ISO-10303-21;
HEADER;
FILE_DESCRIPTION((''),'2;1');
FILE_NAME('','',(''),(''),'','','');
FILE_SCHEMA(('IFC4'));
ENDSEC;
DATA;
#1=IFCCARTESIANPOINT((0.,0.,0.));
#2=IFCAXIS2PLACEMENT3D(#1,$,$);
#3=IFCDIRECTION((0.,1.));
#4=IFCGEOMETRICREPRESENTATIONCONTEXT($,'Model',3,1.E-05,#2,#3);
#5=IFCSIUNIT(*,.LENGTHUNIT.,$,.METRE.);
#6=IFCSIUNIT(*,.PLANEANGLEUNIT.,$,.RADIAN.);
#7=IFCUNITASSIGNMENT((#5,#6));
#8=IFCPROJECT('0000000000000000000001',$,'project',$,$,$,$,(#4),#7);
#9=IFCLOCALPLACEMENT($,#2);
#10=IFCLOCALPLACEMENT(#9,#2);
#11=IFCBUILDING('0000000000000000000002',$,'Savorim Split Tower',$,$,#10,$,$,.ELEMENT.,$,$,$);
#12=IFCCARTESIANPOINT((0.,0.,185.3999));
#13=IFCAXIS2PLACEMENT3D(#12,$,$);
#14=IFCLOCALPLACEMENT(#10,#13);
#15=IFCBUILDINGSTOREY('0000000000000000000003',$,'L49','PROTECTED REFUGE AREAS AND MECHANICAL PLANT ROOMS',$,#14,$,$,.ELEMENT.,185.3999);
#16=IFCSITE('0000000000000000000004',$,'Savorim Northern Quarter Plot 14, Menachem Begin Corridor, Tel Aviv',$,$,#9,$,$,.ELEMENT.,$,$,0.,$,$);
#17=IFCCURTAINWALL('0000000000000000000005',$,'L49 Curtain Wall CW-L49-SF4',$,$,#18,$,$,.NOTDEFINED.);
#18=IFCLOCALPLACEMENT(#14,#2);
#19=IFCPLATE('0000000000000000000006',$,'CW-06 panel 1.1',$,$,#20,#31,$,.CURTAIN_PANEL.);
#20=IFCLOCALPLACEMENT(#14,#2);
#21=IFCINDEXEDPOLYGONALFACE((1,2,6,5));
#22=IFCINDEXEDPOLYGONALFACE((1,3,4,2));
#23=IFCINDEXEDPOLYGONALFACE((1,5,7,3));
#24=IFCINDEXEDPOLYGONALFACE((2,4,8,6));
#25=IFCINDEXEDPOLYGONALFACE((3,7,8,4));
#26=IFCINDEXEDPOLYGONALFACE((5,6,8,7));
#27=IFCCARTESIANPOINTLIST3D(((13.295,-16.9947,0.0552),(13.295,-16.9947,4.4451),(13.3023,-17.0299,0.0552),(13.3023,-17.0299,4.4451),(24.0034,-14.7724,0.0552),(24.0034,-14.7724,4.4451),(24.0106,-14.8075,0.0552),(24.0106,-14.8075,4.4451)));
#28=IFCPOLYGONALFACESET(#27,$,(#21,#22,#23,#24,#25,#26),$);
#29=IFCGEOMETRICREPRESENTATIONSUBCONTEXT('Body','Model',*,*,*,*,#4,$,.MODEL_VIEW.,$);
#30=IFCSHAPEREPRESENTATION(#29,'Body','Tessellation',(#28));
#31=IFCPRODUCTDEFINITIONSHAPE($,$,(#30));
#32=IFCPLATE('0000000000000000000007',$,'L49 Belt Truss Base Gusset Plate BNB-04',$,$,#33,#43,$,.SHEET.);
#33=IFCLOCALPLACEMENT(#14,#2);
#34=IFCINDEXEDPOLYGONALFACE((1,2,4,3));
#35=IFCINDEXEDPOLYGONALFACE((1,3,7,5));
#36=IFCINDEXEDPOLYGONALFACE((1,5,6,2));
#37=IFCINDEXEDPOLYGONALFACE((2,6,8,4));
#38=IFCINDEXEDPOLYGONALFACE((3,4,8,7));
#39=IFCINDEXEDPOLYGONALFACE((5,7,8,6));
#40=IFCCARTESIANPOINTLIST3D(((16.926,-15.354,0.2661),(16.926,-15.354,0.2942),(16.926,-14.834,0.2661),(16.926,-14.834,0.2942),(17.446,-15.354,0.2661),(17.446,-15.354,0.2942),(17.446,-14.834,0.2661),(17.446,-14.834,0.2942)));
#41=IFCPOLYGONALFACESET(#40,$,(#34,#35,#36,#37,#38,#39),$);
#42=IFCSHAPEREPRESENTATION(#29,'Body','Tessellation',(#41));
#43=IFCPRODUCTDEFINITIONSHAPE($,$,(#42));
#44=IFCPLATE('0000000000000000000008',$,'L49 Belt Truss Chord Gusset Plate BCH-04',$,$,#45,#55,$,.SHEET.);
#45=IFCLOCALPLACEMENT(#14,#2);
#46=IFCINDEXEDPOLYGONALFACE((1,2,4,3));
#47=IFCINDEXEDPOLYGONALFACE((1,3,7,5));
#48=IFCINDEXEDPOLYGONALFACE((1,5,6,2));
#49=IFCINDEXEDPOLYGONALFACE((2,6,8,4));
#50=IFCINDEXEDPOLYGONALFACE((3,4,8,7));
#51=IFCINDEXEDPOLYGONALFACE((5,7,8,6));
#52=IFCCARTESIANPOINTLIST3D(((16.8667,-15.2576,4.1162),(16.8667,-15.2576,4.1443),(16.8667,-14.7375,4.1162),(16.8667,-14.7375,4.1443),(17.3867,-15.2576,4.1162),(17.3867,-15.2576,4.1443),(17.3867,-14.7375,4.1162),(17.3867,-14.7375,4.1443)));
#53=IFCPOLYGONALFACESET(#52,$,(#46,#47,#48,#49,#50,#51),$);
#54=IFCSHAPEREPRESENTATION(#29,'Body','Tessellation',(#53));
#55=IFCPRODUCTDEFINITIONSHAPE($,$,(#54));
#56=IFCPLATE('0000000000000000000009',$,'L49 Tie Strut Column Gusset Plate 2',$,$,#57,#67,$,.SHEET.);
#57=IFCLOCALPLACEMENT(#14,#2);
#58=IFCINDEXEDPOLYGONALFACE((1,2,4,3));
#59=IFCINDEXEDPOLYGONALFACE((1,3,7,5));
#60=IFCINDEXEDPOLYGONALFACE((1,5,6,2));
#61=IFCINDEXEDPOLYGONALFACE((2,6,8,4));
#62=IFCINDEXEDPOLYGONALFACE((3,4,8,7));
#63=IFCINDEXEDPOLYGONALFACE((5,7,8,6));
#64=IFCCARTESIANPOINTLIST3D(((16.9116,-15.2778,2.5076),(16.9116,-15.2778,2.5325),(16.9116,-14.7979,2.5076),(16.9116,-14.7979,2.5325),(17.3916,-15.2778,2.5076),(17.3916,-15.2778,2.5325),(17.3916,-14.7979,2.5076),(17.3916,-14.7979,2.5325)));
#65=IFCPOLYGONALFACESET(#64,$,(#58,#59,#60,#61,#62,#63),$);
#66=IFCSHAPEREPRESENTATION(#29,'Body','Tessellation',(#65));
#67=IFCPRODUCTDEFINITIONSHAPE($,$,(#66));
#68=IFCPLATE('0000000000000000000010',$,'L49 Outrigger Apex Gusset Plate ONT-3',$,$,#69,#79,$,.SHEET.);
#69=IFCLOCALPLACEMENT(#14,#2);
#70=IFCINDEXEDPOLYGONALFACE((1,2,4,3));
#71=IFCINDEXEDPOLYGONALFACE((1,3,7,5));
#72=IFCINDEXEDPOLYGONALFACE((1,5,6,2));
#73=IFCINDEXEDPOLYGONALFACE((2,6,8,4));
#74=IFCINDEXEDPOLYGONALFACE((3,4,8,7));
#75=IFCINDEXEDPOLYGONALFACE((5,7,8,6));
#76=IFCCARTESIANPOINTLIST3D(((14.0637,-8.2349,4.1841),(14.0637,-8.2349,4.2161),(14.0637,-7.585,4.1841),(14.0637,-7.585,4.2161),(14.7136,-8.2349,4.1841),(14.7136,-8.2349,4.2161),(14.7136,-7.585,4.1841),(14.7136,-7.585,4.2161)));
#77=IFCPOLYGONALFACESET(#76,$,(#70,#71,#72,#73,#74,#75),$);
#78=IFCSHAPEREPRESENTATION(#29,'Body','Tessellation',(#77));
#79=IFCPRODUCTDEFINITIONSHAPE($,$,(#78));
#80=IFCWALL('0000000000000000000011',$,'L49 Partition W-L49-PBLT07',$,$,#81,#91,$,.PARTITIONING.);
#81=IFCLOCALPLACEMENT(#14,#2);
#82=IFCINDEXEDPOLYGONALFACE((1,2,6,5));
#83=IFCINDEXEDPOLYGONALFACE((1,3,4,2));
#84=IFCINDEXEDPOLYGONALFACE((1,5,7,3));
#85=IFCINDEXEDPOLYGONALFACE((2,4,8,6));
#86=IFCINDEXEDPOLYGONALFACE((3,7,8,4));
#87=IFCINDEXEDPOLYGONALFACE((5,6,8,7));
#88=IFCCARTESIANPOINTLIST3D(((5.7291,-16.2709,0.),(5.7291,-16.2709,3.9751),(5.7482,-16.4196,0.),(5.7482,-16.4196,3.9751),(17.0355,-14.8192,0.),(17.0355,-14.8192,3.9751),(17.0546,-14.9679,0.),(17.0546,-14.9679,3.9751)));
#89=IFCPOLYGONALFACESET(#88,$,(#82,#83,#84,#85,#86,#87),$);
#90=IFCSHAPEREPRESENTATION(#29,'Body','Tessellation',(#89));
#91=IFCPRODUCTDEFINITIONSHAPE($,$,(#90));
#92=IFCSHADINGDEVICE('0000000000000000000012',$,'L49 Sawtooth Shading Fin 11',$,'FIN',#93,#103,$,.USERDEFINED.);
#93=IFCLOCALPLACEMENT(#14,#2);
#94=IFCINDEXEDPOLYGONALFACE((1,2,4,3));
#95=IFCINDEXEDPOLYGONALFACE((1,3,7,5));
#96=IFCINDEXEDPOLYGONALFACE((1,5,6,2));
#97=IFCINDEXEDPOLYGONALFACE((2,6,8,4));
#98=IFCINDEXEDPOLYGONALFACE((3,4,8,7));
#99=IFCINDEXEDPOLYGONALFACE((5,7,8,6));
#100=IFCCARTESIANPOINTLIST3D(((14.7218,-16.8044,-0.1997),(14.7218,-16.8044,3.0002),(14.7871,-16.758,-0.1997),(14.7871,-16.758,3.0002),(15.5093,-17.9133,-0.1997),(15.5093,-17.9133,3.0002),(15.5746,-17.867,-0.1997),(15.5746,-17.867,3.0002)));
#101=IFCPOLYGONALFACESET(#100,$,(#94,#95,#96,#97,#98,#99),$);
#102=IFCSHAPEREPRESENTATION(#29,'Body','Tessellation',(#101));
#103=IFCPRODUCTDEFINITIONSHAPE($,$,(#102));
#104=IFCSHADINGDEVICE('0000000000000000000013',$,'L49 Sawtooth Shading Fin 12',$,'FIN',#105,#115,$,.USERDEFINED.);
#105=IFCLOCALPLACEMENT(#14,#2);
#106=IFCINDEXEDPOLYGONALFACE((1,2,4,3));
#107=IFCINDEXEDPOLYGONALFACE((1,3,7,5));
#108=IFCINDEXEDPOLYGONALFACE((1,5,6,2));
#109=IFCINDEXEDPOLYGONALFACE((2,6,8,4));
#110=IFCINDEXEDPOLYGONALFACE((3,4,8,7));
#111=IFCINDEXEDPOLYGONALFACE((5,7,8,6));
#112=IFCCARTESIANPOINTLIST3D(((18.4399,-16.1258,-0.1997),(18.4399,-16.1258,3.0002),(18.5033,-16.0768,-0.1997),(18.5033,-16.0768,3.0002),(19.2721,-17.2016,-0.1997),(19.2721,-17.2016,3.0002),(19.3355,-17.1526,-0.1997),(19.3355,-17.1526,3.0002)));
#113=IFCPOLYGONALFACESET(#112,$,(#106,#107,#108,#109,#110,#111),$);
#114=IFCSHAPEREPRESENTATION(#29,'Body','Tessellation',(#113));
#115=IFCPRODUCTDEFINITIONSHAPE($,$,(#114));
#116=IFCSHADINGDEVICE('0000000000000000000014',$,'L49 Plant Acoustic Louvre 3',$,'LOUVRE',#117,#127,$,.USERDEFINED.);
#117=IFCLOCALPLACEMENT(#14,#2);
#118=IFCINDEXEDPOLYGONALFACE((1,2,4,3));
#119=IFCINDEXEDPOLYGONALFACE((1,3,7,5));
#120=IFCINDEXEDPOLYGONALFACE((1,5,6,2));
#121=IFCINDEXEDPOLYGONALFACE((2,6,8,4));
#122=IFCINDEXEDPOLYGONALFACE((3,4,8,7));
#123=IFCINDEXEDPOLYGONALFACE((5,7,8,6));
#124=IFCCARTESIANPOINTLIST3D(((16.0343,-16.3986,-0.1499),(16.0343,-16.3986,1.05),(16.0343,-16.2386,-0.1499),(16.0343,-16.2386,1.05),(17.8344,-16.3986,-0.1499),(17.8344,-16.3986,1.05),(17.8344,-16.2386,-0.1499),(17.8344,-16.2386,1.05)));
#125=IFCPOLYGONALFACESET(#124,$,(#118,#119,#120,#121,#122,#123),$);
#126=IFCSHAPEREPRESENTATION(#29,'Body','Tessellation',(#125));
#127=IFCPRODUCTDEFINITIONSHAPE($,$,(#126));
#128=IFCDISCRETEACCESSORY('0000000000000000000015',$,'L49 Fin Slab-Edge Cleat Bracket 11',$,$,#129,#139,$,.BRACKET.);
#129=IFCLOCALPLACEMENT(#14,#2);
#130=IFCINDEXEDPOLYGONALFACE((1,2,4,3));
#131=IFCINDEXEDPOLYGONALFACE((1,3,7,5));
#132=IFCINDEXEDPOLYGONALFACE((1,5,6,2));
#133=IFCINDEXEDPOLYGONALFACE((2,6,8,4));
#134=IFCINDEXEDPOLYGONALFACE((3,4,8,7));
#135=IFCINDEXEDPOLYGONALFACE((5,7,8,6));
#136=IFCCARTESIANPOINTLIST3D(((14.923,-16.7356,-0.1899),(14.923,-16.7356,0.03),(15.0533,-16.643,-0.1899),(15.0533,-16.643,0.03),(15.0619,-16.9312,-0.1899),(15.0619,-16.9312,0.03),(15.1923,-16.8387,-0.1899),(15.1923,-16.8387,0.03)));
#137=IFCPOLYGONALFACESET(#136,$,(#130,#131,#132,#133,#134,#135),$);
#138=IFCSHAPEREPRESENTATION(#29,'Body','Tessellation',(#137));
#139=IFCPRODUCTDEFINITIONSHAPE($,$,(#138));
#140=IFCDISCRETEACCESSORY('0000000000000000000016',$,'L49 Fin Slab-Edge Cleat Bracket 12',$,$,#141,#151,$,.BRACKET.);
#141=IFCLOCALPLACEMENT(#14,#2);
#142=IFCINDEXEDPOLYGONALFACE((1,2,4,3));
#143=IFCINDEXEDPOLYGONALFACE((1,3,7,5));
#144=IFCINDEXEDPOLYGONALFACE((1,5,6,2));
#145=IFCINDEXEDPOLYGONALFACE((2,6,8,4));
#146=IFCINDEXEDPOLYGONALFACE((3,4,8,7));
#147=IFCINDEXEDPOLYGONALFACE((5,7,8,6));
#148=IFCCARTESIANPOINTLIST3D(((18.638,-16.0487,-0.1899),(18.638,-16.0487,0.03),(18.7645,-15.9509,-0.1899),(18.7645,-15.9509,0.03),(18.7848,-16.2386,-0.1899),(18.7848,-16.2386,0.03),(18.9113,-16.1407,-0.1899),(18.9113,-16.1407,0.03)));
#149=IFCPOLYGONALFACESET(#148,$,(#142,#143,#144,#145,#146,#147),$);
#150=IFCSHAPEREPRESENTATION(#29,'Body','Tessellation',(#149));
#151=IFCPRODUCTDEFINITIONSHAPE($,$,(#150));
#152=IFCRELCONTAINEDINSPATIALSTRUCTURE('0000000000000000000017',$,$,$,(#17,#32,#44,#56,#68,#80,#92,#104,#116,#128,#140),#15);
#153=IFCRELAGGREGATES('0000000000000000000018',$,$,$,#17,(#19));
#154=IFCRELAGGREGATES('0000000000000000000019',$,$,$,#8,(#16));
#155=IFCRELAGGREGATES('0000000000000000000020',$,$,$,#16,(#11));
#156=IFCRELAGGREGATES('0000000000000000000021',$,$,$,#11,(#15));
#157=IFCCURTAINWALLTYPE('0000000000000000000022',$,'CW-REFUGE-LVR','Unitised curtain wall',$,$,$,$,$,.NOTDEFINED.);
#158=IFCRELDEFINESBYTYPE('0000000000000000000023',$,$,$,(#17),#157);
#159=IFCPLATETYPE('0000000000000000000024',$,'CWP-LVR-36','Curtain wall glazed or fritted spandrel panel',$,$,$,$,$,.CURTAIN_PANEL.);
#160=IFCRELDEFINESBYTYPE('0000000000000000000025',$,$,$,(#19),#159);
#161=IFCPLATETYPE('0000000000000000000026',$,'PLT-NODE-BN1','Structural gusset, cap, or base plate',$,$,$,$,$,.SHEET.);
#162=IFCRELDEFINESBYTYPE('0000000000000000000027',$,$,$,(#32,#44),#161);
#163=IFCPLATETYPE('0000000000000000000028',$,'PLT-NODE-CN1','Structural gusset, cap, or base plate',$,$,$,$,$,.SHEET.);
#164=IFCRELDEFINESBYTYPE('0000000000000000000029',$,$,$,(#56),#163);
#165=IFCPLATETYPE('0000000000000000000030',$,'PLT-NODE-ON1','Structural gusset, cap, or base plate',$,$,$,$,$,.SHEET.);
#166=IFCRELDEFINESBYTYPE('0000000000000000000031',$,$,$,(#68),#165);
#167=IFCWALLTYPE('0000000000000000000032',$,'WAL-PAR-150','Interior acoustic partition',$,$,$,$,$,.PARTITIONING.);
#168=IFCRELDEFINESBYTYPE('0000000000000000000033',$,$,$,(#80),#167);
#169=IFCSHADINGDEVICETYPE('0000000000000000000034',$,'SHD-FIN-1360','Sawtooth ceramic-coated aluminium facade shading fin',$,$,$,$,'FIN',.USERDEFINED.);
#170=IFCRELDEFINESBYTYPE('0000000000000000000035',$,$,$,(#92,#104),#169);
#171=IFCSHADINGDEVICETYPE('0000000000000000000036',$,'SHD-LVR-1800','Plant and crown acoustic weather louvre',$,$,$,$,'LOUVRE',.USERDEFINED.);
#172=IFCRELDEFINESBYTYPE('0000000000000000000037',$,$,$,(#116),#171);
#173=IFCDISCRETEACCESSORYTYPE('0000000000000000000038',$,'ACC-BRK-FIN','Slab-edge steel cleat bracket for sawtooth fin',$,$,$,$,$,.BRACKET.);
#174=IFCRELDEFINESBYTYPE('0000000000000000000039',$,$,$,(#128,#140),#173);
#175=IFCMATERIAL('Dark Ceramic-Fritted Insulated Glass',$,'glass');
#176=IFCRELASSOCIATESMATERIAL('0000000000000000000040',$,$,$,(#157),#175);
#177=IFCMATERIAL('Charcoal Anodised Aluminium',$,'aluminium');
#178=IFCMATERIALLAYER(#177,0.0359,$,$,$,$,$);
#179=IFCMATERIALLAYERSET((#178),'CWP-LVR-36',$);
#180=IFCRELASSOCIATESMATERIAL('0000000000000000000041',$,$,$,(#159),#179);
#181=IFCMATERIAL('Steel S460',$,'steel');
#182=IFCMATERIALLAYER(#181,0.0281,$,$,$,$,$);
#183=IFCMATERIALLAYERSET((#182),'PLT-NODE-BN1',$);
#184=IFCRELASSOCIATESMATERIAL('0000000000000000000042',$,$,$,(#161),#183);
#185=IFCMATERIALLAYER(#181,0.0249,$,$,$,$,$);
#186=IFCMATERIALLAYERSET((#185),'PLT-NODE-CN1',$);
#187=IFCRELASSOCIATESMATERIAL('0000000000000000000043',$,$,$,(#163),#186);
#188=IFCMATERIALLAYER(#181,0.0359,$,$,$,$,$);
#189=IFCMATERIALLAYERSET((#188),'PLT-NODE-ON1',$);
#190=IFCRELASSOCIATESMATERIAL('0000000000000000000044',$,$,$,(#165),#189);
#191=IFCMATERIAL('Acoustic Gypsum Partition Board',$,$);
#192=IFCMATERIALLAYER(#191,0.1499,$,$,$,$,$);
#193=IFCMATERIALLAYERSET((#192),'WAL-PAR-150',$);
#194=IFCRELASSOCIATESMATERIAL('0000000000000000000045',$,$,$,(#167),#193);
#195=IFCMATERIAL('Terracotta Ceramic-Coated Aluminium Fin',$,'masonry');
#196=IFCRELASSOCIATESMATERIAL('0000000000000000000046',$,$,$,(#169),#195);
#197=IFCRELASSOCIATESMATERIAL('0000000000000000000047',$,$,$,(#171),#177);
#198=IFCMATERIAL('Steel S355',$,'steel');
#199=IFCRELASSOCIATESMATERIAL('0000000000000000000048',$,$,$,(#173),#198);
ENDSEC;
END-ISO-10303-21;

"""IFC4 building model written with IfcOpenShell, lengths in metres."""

from ifc_helpers import new_model, si_unit, direction, frame, frame_2d, origin, origin_2d, place, context, subcontext, project, spatial, rectangle, extrude, material, layer, layer_set, type_object, element, aggregate, save


model = new_model("IFC4")

# Units and contexts
model_context = context("Model", 3, precision=1e-05, world=origin(), true_north=direction((0.0, 1.0)))
body_context = subcontext(model_context, "Body", "Model", "MODEL_VIEW")
ifc_project = project(units=[si_unit("LENGTHUNIT", "METRE"), si_unit("PLANEANGLEUNIT", "RADIAN")], contexts=[model_context])

# Site, building, storey
site_placement = place(None, origin())
site = spatial("IfcSite", under=ifc_project, at=site_placement, Name="Savorim Northern Quarter Plot 14, Menachem Begin Corridor, Tel Aviv", CompositionType="ELEMENT", RefElevation=0.0)
building_placement = place(site_placement, origin())
building = spatial("IfcBuilding", under=site, at=building_placement, Name="Savorim Split Tower", CompositionType="ELEMENT")
storey_placement = place(building_placement, frame((0.0, 0.0, 185.3999)))
storey = spatial("IfcBuildingStorey", under=building, at=storey_placement, Name="L49", Description="PROTECTED REFUGE AREAS AND MECHANICAL PLANT ROOMS", CompositionType="ELEMENT", Elevation=185.3999)

# Shared definitions
ifc_material_1 = material(Name="Steel S355", Category="steel")

# Curtain wall
ifc_material_2 = material(Name="Dark Ceramic-Fritted Insulated Glass", Category="glass")
curtain_wall_type = type_object("IfcCurtainWallType", Name="CW-REFUGE-LVR", Description="Unitised curtain wall", PredefinedType="NOTDEFINED", material=ifc_material_2)
curtain_wall_placement = place(storey_placement, origin())
curtain_wall = element("IfcCurtainWall", 1, at=curtain_wall_placement, inside=storey, type_object=curtain_wall_type, Name="L49 Curtain Wall CW-L49-SF4", PredefinedType="NOTDEFINED")
ifc_material_3 = material(Name="Charcoal Anodised Aluminium", Category="aluminium")

# Shared definitions
ifc_material_4 = material(Name="Steel S460", Category="steel")

# Plate
ifc_layer_1 = layer(ifc_material_3, 0.0359)
ifc_layer_set_1 = layer_set([ifc_layer_1], Name="CWP-LVR-36")
plate_type_1 = type_object("IfcPlateType", Name="CWP-LVR-36", Description="Curtain wall glazed or fritted spandrel panel", PredefinedType="CURTAIN_PANEL", material=ifc_layer_set_1)
plate_1_placement = place(storey_placement, frame((18.6528, -15.9011, 0.0552), z_axis=(0.0, 0.0, 1.0), x_axis=(0.979136, 0.203208, 0.0)))
plate_1 = element("IfcPlate", 2, at=plate_1_placement, type_object=plate_type_1, Name="CW-06 panel 1.1", PredefinedType="CURTAIN_PANEL", context=body_context, shape_type="SweptSolid", body=[
    extrude(rectangle(XDim=10.9365, YDim=0.0359, at=origin_2d()), origin(), (0.0, 0.0, 1.0), 4.3899),
])
aggregate(curtain_wall, [plate_1])

# Plates
ifc_layer_2 = layer(ifc_material_4, 0.0281)
ifc_layer_set_2 = layer_set([ifc_layer_2], Name="PLT-NODE-BN1")
plate_type_2 = type_object("IfcPlateType", Name="PLT-NODE-BN1", Description="Structural gusset, cap, or base plate", PredefinedType="SHEET", material=ifc_layer_set_2)
for number, where, z_axis, x_axis, name in (
    (3, (17.186, -15.094, 0.2661), (0.0, 0.0, 1.0), (1.0, 0.0, 0.0), "L49 Belt Truss Base Gusset Plate BNB-04"),
    (4, (17.1267, -14.9976, 4.1162), (0.0, 0.0, 1.0), (1.0, 0.0, 0.0), "L49 Belt Truss Chord Gusset Plate BCH-04"),
):
    element("IfcPlate", number, at=place(storey_placement, frame(where, z_axis=z_axis, x_axis=x_axis)), inside=storey, type_object=plate_type_2, Name=name, PredefinedType="SHEET", context=body_context, shape_type="SweptSolid", body=[
        extrude(rectangle(XDim=0.52, YDim=0.52, at=origin_2d()), origin(), (0.0, 0.0, 1.0), 0.0281),
    ])
ifc_layer_3 = layer(ifc_material_4, 0.0249)
ifc_layer_set_3 = layer_set([ifc_layer_3], Name="PLT-NODE-CN1")
plate_type_3 = type_object("IfcPlateType", Name="PLT-NODE-CN1", Description="Structural gusset, cap, or base plate", PredefinedType="SHEET", material=ifc_layer_set_3)
plate_2_placement = place(storey_placement, frame((17.1516, -15.0378, 2.5076), z_axis=(0.0, 0.0, 1.0), x_axis=(1.0, 0.0, 0.0)))
element("IfcPlate", 5, at=plate_2_placement, inside=storey, type_object=plate_type_3, Name="L49 Tie Strut Column Gusset Plate 2", PredefinedType="SHEET", context=body_context, shape_type="SweptSolid", body=[
    extrude(rectangle(XDim=0.48, YDim=0.48, at=origin_2d()), origin(), (0.0, 0.0, 1.0), 0.0249),
])
ifc_layer_4 = layer(ifc_material_4, 0.0359)
ifc_layer_set_4 = layer_set([ifc_layer_4], Name="PLT-NODE-ON1")
plate_type_4 = type_object("IfcPlateType", Name="PLT-NODE-ON1", Description="Structural gusset, cap, or base plate", PredefinedType="SHEET", material=ifc_layer_set_4)
plate_3_placement = place(storey_placement, frame((14.3887, -7.9099, 4.1841), z_axis=(0.0, 0.0, 1.0), x_axis=(1.0, 0.0, 0.0)))
element("IfcPlate", 6, at=plate_3_placement, inside=storey, type_object=plate_type_4, Name="L49 Outrigger Apex Gusset Plate ONT-3", PredefinedType="SHEET", context=body_context, shape_type="SweptSolid", body=[
    extrude(rectangle(XDim=0.6499, YDim=0.6499, at=origin_2d()), origin(), (0.0, 0.0, 1.0), 0.032),
])

# Wall
ifc_material_5 = material(Name="Acoustic Gypsum Partition Board")
ifc_layer_5 = layer(ifc_material_5, 0.1499)
ifc_layer_set_5 = layer_set([ifc_layer_5], Name="WAL-PAR-150")
wall_type = type_object("IfcWallType", Name="WAL-PAR-150", Description="Interior acoustic partition", PredefinedType="PARTITIONING", material=ifc_layer_set_5)
wall_placement = place(storey_placement, frame((17.0452, -14.8936, 0.0), z_axis=(0.0, 0.0, 1.0), x_axis=(-0.991858, -0.127347, 0.0)))
element("IfcWall", 7, at=wall_placement, inside=storey, type_object=wall_type, Name="L49 Partition W-L49-PBLT07", PredefinedType="PARTITIONING", context=body_context, shape_type="SweptSolid", body=[
    extrude(rectangle(XDim=11.3992, YDim=0.1499, at=frame_2d((5.6997, 0.0))), origin(), (0.0, 0.0, 1.0), 3.9751),
])

# Shading devices
ifc_material_6 = material(Name="Terracotta Ceramic-Coated Aluminium Fin", Category="masonry")
shading_device_type_1 = type_object("IfcShadingDeviceType", Name="SHD-FIN-1360", Description="Sawtooth ceramic-coated aluminium facade shading fin", ElementType="FIN", PredefinedType="USERDEFINED", material=ifc_material_6)
for number, where, z_axis, x_axis, name in (
    (8, (15.1482, -17.3357, -0.1997), (0.0, 0.0, 1.0), (0.578994, -0.815332, 0.0), "L49 Sawtooth Shading Fin 11"),
    (9, (18.8877, -16.6392, -0.1997), (0.0, 0.0, 1.0), (0.611868, -0.79096, 0.0), "L49 Sawtooth Shading Fin 12"),
):
    element("IfcShadingDevice", number, at=place(storey_placement, frame(where, z_axis=z_axis, x_axis=x_axis)), inside=storey, type_object=shading_device_type_1, Name=name, ObjectType="FIN", PredefinedType="USERDEFINED", context=body_context, shape_type="SweptSolid", body=[
        extrude(rectangle(XDim=1.3601, YDim=0.0801, at=origin_2d()), origin(), (0.0, 0.0, 1.0), 3.2),
    ])
shading_device_type_2 = type_object("IfcShadingDeviceType", Name="SHD-LVR-1800", Description="Plant and crown acoustic weather louvre", ElementType="LOUVRE", PredefinedType="USERDEFINED", material=ifc_material_3)
shading_device_placement = place(storey_placement, frame((16.9343, -16.3186, -0.1499), z_axis=(0.0, 0.0, 1.0), x_axis=(1.0, 0.0, 0.0)))
element("IfcShadingDevice", 10, at=shading_device_placement, inside=storey, type_object=shading_device_type_2, Name="L49 Plant Acoustic Louvre 3", ObjectType="LOUVRE", PredefinedType="USERDEFINED", context=body_context, shape_type="SweptSolid", body=[
    extrude(rectangle(XDim=1.8, YDim=0.1599, at=origin_2d()), origin(), (0.0, 0.0, 1.0), 1.2),
])

# Discrete accessories
discrete_accessory_type = type_object("IfcDiscreteAccessoryType", Name="ACC-BRK-FIN", Description="Slab-edge steel cleat bracket for sawtooth fin", PredefinedType="BRACKET", material=ifc_material_1)
for number, where, z_axis, x_axis, name in (
    (11, (15.0576, -16.7871, -0.1899), (0.0, 0.0, 1.0), (0.578994, -0.815332, 0.0), "L49 Fin Slab-Edge Cleat Bracket 11"),
    (12, (18.7747, -16.0947, -0.1899), (0.0, 0.0, 1.0), (0.611868, -0.79096, 0.0), "L49 Fin Slab-Edge Cleat Bracket 12"),
):
    element("IfcDiscreteAccessory", number, at=place(storey_placement, frame(where, z_axis=z_axis, x_axis=x_axis)), inside=storey, type_object=discrete_accessory_type, Name=name, PredefinedType="BRACKET", context=body_context, shape_type="SweptSolid", body=[
        extrude(rectangle(XDim=0.24, YDim=0.1599, at=origin_2d()), origin(), (0.0, 0.0, 1.0), 0.22),
    ])

save(model, "model.ifc")
